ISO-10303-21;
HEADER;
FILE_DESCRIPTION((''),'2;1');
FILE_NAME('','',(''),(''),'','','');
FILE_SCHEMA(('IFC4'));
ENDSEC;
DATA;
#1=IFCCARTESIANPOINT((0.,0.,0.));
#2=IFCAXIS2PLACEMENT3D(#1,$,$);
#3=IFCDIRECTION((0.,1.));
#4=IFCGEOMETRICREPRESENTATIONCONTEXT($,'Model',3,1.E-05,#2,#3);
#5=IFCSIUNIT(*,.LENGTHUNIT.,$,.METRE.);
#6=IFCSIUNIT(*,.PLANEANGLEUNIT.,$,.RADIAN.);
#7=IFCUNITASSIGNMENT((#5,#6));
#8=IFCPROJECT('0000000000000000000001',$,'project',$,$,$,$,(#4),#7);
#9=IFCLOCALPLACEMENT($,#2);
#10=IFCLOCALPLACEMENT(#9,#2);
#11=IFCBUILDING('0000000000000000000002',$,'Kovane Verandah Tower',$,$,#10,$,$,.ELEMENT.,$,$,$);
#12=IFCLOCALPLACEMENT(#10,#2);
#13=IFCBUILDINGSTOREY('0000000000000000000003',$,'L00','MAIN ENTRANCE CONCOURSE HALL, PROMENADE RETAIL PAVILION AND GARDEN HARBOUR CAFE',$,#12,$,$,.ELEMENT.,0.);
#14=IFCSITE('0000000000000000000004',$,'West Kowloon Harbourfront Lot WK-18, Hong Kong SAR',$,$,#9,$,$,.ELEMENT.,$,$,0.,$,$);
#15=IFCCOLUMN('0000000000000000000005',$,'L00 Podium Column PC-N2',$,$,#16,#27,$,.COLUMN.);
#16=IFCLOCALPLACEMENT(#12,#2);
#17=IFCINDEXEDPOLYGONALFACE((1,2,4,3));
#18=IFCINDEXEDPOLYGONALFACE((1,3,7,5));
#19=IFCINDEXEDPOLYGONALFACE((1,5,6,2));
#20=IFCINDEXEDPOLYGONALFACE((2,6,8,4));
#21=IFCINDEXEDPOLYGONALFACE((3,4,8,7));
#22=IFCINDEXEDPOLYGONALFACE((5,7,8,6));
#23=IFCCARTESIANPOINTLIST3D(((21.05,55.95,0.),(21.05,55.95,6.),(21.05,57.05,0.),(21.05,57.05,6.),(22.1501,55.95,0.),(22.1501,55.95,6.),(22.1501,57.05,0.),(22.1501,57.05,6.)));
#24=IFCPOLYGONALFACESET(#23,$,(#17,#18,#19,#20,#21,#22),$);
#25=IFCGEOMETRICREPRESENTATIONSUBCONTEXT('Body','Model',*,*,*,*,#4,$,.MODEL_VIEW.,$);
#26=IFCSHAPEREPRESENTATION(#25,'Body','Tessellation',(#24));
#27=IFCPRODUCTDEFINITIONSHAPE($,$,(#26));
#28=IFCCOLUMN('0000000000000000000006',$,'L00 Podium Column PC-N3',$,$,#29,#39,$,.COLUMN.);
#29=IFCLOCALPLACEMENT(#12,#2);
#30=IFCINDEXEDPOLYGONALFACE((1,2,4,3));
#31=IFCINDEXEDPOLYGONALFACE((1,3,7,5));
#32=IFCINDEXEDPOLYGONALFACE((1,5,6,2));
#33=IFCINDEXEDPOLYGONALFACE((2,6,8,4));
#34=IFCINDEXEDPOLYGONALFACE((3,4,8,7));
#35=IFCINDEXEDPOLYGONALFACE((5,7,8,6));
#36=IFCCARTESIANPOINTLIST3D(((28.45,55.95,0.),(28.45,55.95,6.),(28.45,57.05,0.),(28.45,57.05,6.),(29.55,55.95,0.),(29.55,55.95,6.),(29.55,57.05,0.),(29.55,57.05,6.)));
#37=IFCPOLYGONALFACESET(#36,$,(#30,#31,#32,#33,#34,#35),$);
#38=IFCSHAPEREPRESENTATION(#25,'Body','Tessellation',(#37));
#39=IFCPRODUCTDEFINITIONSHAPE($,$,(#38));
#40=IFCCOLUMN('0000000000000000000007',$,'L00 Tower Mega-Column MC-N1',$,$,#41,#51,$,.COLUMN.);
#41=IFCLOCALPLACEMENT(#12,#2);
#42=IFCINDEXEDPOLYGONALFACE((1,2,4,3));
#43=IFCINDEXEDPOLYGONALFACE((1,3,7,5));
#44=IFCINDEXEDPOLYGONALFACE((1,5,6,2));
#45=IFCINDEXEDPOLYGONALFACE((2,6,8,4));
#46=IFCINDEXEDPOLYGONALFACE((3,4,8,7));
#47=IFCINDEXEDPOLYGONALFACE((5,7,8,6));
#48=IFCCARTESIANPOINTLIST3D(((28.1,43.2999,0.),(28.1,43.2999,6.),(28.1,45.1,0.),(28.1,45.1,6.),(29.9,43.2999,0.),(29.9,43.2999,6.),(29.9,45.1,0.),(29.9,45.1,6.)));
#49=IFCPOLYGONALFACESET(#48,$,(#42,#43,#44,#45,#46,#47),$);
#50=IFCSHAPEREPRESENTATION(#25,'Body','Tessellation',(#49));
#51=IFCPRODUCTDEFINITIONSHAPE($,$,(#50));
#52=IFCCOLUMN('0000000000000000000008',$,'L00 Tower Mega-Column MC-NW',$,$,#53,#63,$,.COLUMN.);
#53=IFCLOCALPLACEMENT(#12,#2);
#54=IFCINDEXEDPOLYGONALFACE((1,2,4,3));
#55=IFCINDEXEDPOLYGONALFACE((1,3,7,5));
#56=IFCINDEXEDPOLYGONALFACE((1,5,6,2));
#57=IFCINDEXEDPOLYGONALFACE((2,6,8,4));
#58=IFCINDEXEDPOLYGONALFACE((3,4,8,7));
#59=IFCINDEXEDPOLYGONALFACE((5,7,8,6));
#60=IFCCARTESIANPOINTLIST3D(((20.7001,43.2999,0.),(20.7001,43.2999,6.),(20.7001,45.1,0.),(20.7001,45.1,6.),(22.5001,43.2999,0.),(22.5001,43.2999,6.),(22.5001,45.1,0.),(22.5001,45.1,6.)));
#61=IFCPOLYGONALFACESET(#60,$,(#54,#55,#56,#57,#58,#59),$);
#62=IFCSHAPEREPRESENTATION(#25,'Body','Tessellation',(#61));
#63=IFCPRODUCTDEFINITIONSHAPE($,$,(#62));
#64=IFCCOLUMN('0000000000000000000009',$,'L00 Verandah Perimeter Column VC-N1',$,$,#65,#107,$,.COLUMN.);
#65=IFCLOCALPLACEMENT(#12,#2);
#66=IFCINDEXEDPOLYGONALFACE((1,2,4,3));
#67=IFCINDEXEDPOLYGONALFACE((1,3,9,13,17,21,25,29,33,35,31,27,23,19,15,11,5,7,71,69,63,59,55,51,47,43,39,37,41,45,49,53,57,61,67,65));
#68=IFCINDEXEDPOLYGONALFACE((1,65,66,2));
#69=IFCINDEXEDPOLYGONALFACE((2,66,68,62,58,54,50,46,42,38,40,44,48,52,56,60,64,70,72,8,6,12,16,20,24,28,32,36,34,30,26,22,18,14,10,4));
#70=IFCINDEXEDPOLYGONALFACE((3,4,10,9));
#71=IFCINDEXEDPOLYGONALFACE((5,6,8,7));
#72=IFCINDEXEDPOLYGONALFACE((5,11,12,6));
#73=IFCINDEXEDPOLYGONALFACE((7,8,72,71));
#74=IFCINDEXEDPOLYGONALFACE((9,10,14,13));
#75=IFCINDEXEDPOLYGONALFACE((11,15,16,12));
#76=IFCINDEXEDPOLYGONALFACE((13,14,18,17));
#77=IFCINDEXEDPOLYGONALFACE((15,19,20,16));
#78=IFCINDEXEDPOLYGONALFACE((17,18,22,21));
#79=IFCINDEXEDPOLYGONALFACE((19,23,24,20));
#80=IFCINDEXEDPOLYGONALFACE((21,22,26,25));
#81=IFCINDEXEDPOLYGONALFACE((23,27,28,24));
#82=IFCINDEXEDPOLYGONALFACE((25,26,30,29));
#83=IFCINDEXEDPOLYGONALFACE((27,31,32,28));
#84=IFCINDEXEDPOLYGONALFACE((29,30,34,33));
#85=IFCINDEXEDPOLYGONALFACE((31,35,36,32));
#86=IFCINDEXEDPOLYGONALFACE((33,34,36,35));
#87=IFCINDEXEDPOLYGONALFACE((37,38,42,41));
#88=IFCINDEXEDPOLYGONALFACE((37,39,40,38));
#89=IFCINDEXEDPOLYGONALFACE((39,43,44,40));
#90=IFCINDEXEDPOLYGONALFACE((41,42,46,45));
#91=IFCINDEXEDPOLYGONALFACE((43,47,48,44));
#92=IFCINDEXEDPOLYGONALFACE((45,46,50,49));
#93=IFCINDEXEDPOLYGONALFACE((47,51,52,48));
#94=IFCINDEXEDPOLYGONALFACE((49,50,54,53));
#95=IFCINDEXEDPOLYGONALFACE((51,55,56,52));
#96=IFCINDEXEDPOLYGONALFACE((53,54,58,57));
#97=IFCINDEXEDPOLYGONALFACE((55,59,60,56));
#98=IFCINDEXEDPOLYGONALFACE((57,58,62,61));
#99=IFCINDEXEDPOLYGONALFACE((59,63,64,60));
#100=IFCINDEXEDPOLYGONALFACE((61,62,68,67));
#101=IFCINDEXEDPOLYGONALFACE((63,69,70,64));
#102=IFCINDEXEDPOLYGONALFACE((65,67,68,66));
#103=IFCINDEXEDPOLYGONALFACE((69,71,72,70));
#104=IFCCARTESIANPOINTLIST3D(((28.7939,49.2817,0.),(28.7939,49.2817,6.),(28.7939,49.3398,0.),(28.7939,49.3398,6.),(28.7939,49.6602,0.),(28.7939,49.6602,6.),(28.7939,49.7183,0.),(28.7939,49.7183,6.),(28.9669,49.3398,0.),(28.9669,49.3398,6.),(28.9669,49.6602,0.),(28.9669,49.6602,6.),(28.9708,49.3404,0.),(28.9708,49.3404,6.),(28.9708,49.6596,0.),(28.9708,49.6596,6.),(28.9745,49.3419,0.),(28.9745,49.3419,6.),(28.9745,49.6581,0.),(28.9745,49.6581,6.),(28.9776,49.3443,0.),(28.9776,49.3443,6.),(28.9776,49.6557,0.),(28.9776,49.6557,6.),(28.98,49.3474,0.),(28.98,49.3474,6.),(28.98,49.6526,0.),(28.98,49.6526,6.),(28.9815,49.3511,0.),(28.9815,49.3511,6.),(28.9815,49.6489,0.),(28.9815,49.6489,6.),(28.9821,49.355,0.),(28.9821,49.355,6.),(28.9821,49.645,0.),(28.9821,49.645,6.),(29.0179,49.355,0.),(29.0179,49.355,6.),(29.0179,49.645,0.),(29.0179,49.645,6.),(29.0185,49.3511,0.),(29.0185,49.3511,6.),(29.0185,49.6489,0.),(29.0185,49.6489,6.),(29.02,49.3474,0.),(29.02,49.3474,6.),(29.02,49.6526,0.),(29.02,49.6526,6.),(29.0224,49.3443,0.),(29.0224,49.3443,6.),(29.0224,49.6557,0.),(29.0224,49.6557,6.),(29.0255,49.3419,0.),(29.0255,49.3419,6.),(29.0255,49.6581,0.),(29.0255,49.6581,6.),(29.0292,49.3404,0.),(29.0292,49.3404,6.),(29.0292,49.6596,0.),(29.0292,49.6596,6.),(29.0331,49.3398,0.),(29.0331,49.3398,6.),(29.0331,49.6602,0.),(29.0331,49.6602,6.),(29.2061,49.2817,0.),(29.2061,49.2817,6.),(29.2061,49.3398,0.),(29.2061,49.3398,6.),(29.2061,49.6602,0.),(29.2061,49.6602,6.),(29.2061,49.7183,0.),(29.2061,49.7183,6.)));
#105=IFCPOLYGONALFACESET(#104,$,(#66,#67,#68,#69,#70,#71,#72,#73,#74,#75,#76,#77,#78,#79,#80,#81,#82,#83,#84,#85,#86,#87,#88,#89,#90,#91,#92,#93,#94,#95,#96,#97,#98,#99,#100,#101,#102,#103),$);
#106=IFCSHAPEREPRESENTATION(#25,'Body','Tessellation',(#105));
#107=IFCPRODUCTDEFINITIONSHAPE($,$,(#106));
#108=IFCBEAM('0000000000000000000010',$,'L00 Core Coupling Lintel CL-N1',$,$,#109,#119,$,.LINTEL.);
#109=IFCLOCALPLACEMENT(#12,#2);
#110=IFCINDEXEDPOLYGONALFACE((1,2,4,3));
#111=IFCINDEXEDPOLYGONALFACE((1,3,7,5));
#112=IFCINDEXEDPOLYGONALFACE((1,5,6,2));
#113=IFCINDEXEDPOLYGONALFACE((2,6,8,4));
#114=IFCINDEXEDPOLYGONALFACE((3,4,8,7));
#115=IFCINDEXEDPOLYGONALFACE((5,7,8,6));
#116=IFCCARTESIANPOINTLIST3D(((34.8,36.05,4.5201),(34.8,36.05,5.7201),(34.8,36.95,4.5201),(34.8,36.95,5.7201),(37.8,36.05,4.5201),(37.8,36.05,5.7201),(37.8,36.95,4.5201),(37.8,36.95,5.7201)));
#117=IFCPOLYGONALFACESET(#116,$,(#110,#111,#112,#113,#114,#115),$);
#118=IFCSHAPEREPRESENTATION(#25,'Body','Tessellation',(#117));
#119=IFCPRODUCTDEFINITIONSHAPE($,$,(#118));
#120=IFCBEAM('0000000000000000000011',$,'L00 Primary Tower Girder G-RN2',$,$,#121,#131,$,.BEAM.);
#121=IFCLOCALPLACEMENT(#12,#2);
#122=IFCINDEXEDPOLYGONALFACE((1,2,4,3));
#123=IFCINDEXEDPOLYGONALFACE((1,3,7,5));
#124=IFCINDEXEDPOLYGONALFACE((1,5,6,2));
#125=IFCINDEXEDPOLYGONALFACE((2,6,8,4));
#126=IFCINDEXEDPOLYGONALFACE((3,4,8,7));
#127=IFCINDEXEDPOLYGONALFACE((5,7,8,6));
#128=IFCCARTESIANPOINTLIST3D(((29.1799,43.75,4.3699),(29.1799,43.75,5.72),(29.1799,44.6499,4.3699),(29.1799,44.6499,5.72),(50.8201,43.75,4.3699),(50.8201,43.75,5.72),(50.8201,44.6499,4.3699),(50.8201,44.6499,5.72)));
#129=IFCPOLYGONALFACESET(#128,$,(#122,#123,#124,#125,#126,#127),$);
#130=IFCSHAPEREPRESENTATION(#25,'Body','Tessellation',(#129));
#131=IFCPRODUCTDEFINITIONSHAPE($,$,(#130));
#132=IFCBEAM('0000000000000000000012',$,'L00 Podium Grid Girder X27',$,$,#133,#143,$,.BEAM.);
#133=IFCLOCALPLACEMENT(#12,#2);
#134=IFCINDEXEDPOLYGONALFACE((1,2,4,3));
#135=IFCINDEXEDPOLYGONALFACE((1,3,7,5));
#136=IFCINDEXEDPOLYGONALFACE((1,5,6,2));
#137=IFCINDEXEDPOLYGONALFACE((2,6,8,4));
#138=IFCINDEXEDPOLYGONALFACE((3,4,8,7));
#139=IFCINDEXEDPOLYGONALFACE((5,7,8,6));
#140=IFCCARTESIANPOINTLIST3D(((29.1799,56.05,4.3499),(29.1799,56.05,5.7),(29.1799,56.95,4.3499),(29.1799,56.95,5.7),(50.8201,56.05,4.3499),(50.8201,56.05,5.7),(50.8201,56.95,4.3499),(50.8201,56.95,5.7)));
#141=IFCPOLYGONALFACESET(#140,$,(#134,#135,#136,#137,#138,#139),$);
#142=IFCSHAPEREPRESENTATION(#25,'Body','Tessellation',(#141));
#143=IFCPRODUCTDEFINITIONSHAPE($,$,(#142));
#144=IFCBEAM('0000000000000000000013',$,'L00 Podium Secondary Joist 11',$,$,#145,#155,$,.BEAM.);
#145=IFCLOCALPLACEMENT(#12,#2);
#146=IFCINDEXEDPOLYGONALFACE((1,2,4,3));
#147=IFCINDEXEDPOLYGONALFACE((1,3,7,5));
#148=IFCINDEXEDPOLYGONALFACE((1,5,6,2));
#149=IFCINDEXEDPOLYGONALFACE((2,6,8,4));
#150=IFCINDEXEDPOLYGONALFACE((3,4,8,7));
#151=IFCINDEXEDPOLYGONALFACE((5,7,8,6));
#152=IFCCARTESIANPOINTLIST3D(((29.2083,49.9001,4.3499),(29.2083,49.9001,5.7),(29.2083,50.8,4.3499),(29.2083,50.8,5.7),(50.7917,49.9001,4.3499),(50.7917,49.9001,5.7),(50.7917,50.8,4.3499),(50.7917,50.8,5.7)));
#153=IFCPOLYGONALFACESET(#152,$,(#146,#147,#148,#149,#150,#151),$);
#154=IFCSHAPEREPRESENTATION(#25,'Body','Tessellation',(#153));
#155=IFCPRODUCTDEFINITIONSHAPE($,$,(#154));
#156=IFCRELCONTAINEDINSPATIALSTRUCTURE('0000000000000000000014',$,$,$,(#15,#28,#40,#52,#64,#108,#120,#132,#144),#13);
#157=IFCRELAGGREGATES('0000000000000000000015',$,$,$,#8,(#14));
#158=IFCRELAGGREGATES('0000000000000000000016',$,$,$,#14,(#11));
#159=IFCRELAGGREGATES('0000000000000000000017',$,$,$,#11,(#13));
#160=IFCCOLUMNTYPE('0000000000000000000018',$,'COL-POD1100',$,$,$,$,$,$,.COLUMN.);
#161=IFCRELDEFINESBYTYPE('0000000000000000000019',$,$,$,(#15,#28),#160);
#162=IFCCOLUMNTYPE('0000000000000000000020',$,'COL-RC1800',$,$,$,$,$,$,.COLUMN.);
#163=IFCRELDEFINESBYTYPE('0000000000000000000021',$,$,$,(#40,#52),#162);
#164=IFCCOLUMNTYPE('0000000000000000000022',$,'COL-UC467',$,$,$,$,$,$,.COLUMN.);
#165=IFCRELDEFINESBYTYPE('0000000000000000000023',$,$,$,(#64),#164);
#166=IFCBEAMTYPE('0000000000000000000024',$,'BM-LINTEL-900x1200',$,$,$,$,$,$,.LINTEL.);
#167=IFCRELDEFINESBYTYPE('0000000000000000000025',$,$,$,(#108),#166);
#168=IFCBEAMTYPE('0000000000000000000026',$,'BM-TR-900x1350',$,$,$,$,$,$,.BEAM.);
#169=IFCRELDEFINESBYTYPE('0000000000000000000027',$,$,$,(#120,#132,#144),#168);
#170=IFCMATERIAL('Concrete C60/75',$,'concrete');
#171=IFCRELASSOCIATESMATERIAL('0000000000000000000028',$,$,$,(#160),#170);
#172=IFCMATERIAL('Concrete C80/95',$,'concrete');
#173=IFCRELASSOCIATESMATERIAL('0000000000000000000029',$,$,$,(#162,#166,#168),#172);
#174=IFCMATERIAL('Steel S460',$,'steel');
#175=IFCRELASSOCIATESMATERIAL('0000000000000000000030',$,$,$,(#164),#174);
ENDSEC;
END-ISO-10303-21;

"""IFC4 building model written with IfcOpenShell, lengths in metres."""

from ifc_helpers import new_model, si_unit, direction, frame, origin, origin_2d, place, context, subcontext, project, spatial, rectangle, i_section, extrude, material, material_profile, profile_set, type_object, element, save


model = new_model("IFC4")

# Units and contexts
model_context = context("Model", 3, precision=1e-05, world=origin(), true_north=direction((0.0, 1.0)))
body_context = subcontext(model_context, "Body", "Model", "MODEL_VIEW")
ifc_project = project(units=[si_unit("LENGTHUNIT", "METRE"), si_unit("PLANEANGLEUNIT", "RADIAN")], contexts=[model_context])

# Site, building, storey
site_placement = place(None, origin())
site = spatial("IfcSite", under=ifc_project, at=site_placement, Name="West Kowloon Harbourfront Lot WK-18, Hong Kong SAR", CompositionType="ELEMENT", RefElevation=0.0)
building_placement = place(site_placement, origin())
building = spatial("IfcBuilding", under=site, at=building_placement, Name="Kovane Verandah Tower", CompositionType="ELEMENT")
storey_placement = place(building_placement, origin())
storey = spatial("IfcBuildingStorey", under=building, at=storey_placement, Name="L00", Description="MAIN ENTRANCE CONCOURSE HALL, PROMENADE RETAIL PAVILION AND GARDEN HARBOUR CAFE", CompositionType="ELEMENT", Elevation=0.0)

# Columns
ifc_material_1 = material(Name="Concrete C60/75", Category="concrete")
ifc_material_profile_1 = material_profile(ifc_material_1, rectangle(XDim=1.1001, YDim=1.1001, at=origin_2d()), Name="RC1100x1100")
ifc_profile_set_1 = profile_set([ifc_material_profile_1], Name="Concrete C60/75")
column_type_1 = type_object("IfcColumnType", Name="COL-POD1100", PredefinedType="COLUMN", material=ifc_profile_set_1)
for number, where, z_axis, x_axis, name in (
    (1, (21.6001, 56.5, 0.0), (0.0, 0.0, 1.0), (1.0, 0.0, 0.0), "L00 Podium Column PC-N2"),
    (2, (29.0, 56.5, 0.0), (0.0, 0.0, 1.0), (1.0, 0.0, 0.0), "L00 Podium Column PC-N3"),
):
    element("IfcColumn", number, at=place(storey_placement, frame(where, z_axis=z_axis, x_axis=x_axis)), inside=storey, type_object=column_type_1, Name=name, PredefinedType="COLUMN", context=body_context, shape_type="SweptSolid", body=[
        extrude(rectangle(XDim=1.1001, YDim=1.1001, at=origin_2d()), origin(), (0.0, 0.0, 1.0), 6.0),
    ])
ifc_material_2 = material(Name="Concrete C80/95", Category="concrete")
ifc_material_profile_2 = material_profile(ifc_material_2, rectangle(XDim=1.8, YDim=1.8, at=origin_2d()), Name="RC1800x1800")
ifc_profile_set_2 = profile_set([ifc_material_profile_2], Name="Concrete C80/95")
column_type_2 = type_object("IfcColumnType", Name="COL-RC1800", PredefinedType="COLUMN", material=ifc_profile_set_2)
for number, where, z_axis, x_axis, name in (
    (3, (29.0, 44.2, 0.0), (0.0, 0.0, 1.0), (1.0, 0.0, 0.0), "L00 Tower Mega-Column MC-N1"),
    (4, (21.6001, 44.2, 0.0), (0.0, 0.0, 1.0), (1.0, 0.0, 0.0), "L00 Tower Mega-Column MC-NW"),
):
    element("IfcColumn", number, at=place(storey_placement, frame(where, z_axis=z_axis, x_axis=x_axis)), inside=storey, type_object=column_type_2, Name=name, PredefinedType="COLUMN", context=body_context, shape_type="SweptSolid", body=[
        extrude(rectangle(XDim=1.8, YDim=1.8, at=origin_2d()), origin(), (0.0, 0.0, 1.0), 6.0),
    ])
ifc_material_3 = material(Name="Steel S460", Category="steel")
ifc_material_profile_3 = material_profile(ifc_material_3, i_section(OverallWidth=0.4121, OverallDepth=0.4365, WebThickness=0.0359, FlangeThickness=0.0581, FilletRadius=0.0151, at=origin_2d()), Name="UC356x406x467")
ifc_profile_set_3 = profile_set([ifc_material_profile_3], Name="Steel S460")
column_type_3 = type_object("IfcColumnType", Name="COL-UC467", PredefinedType="COLUMN", material=ifc_profile_set_3)
column_placement = place(storey_placement, frame((29.0, 49.5, 0.0), z_axis=(0.0, 0.0, 1.0), x_axis=(1.0, 0.0, 0.0)))
element("IfcColumn", 5, at=column_placement, inside=storey, type_object=column_type_3, Name="L00 Verandah Perimeter Column VC-N1", PredefinedType="COLUMN", context=body_context, shape_type="SweptSolid", body=[
    extrude(i_section(OverallWidth=0.4121, OverallDepth=0.4365, WebThickness=0.0359, FlangeThickness=0.0581, FilletRadius=0.0151, at=origin_2d()), origin(), (0.0, 0.0, 1.0), 6.0),
])

# Beams
ifc_material_profile_4 = material_profile(ifc_material_2, rectangle(XDim=0.8999, YDim=1.2, at=origin_2d()), Name="RCB900x1200")
ifc_profile_set_4 = profile_set([ifc_material_profile_4], Name="Concrete C80/95")
beam_type_1 = type_object("IfcBeamType", Name="BM-LINTEL-900x1200", PredefinedType="LINTEL", material=ifc_profile_set_4)
beam_1_placement = place(storey_placement, frame((34.8, 36.5, 5.1201), z_axis=(1.0, 0.0, 0.0), x_axis=(0.0, 1.0, 0.0)))
element("IfcBeam", 6, at=beam_1_placement, inside=storey, type_object=beam_type_1, Name="L00 Core Coupling Lintel CL-N1", PredefinedType="LINTEL", context=body_context, shape_type="SweptSolid", body=[
    extrude(rectangle(XDim=0.8999, YDim=1.2, at=origin_2d()), origin(), (0.0, 0.0, 1.0), 3.0),
])
ifc_material_profile_5 = material_profile(ifc_material_2, rectangle(XDim=0.8999, YDim=1.3501, at=origin_2d()), Name="RCB900x1350")
ifc_profile_set_5 = profile_set([ifc_material_profile_5], Name="Concrete C80/95")
beam_type_2 = type_object("IfcBeamType", Name="BM-TR-900x1350", PredefinedType="BEAM", material=ifc_profile_set_5)
for number, where, z_axis, x_axis, name in (
    (7, (29.1799, 44.2, 5.0449), (1.0, 0.0, 0.0), (0.0, 1.0, 0.0), "L00 Primary Tower Girder G-RN2"),
    (8, (29.1799, 56.5, 5.0249), (1.0, 0.0, 0.0), (0.0, 1.0, 0.0), "L00 Podium Grid Girder X27"),
):
    element("IfcBeam", number, at=place(storey_placement, frame(where, z_axis=z_axis, x_axis=x_axis)), inside=storey, type_object=beam_type_2, Name=name, PredefinedType="BEAM", context=body_context, shape_type="SweptSolid", body=[
        extrude(rectangle(XDim=0.8999, YDim=1.3501, at=origin_2d()), origin(), (0.0, 0.0, 1.0), 21.6401),
    ])
beam_2_placement = place(storey_placement, frame((29.2083, 50.3501, 5.0249), z_axis=(1.0, 0.0, 0.0), x_axis=(0.0, 1.0, 0.0)))
element("IfcBeam", 9, at=beam_2_placement, inside=storey, type_object=beam_type_2, Name="L00 Podium Secondary Joist 11", PredefinedType="BEAM", context=body_context, shape_type="SweptSolid", body=[
    extrude(rectangle(XDim=0.8999, YDim=1.3501, at=origin_2d()), origin(), (0.0, 0.0, 1.0), 21.5835),
])

save(model, "model.ifc")
